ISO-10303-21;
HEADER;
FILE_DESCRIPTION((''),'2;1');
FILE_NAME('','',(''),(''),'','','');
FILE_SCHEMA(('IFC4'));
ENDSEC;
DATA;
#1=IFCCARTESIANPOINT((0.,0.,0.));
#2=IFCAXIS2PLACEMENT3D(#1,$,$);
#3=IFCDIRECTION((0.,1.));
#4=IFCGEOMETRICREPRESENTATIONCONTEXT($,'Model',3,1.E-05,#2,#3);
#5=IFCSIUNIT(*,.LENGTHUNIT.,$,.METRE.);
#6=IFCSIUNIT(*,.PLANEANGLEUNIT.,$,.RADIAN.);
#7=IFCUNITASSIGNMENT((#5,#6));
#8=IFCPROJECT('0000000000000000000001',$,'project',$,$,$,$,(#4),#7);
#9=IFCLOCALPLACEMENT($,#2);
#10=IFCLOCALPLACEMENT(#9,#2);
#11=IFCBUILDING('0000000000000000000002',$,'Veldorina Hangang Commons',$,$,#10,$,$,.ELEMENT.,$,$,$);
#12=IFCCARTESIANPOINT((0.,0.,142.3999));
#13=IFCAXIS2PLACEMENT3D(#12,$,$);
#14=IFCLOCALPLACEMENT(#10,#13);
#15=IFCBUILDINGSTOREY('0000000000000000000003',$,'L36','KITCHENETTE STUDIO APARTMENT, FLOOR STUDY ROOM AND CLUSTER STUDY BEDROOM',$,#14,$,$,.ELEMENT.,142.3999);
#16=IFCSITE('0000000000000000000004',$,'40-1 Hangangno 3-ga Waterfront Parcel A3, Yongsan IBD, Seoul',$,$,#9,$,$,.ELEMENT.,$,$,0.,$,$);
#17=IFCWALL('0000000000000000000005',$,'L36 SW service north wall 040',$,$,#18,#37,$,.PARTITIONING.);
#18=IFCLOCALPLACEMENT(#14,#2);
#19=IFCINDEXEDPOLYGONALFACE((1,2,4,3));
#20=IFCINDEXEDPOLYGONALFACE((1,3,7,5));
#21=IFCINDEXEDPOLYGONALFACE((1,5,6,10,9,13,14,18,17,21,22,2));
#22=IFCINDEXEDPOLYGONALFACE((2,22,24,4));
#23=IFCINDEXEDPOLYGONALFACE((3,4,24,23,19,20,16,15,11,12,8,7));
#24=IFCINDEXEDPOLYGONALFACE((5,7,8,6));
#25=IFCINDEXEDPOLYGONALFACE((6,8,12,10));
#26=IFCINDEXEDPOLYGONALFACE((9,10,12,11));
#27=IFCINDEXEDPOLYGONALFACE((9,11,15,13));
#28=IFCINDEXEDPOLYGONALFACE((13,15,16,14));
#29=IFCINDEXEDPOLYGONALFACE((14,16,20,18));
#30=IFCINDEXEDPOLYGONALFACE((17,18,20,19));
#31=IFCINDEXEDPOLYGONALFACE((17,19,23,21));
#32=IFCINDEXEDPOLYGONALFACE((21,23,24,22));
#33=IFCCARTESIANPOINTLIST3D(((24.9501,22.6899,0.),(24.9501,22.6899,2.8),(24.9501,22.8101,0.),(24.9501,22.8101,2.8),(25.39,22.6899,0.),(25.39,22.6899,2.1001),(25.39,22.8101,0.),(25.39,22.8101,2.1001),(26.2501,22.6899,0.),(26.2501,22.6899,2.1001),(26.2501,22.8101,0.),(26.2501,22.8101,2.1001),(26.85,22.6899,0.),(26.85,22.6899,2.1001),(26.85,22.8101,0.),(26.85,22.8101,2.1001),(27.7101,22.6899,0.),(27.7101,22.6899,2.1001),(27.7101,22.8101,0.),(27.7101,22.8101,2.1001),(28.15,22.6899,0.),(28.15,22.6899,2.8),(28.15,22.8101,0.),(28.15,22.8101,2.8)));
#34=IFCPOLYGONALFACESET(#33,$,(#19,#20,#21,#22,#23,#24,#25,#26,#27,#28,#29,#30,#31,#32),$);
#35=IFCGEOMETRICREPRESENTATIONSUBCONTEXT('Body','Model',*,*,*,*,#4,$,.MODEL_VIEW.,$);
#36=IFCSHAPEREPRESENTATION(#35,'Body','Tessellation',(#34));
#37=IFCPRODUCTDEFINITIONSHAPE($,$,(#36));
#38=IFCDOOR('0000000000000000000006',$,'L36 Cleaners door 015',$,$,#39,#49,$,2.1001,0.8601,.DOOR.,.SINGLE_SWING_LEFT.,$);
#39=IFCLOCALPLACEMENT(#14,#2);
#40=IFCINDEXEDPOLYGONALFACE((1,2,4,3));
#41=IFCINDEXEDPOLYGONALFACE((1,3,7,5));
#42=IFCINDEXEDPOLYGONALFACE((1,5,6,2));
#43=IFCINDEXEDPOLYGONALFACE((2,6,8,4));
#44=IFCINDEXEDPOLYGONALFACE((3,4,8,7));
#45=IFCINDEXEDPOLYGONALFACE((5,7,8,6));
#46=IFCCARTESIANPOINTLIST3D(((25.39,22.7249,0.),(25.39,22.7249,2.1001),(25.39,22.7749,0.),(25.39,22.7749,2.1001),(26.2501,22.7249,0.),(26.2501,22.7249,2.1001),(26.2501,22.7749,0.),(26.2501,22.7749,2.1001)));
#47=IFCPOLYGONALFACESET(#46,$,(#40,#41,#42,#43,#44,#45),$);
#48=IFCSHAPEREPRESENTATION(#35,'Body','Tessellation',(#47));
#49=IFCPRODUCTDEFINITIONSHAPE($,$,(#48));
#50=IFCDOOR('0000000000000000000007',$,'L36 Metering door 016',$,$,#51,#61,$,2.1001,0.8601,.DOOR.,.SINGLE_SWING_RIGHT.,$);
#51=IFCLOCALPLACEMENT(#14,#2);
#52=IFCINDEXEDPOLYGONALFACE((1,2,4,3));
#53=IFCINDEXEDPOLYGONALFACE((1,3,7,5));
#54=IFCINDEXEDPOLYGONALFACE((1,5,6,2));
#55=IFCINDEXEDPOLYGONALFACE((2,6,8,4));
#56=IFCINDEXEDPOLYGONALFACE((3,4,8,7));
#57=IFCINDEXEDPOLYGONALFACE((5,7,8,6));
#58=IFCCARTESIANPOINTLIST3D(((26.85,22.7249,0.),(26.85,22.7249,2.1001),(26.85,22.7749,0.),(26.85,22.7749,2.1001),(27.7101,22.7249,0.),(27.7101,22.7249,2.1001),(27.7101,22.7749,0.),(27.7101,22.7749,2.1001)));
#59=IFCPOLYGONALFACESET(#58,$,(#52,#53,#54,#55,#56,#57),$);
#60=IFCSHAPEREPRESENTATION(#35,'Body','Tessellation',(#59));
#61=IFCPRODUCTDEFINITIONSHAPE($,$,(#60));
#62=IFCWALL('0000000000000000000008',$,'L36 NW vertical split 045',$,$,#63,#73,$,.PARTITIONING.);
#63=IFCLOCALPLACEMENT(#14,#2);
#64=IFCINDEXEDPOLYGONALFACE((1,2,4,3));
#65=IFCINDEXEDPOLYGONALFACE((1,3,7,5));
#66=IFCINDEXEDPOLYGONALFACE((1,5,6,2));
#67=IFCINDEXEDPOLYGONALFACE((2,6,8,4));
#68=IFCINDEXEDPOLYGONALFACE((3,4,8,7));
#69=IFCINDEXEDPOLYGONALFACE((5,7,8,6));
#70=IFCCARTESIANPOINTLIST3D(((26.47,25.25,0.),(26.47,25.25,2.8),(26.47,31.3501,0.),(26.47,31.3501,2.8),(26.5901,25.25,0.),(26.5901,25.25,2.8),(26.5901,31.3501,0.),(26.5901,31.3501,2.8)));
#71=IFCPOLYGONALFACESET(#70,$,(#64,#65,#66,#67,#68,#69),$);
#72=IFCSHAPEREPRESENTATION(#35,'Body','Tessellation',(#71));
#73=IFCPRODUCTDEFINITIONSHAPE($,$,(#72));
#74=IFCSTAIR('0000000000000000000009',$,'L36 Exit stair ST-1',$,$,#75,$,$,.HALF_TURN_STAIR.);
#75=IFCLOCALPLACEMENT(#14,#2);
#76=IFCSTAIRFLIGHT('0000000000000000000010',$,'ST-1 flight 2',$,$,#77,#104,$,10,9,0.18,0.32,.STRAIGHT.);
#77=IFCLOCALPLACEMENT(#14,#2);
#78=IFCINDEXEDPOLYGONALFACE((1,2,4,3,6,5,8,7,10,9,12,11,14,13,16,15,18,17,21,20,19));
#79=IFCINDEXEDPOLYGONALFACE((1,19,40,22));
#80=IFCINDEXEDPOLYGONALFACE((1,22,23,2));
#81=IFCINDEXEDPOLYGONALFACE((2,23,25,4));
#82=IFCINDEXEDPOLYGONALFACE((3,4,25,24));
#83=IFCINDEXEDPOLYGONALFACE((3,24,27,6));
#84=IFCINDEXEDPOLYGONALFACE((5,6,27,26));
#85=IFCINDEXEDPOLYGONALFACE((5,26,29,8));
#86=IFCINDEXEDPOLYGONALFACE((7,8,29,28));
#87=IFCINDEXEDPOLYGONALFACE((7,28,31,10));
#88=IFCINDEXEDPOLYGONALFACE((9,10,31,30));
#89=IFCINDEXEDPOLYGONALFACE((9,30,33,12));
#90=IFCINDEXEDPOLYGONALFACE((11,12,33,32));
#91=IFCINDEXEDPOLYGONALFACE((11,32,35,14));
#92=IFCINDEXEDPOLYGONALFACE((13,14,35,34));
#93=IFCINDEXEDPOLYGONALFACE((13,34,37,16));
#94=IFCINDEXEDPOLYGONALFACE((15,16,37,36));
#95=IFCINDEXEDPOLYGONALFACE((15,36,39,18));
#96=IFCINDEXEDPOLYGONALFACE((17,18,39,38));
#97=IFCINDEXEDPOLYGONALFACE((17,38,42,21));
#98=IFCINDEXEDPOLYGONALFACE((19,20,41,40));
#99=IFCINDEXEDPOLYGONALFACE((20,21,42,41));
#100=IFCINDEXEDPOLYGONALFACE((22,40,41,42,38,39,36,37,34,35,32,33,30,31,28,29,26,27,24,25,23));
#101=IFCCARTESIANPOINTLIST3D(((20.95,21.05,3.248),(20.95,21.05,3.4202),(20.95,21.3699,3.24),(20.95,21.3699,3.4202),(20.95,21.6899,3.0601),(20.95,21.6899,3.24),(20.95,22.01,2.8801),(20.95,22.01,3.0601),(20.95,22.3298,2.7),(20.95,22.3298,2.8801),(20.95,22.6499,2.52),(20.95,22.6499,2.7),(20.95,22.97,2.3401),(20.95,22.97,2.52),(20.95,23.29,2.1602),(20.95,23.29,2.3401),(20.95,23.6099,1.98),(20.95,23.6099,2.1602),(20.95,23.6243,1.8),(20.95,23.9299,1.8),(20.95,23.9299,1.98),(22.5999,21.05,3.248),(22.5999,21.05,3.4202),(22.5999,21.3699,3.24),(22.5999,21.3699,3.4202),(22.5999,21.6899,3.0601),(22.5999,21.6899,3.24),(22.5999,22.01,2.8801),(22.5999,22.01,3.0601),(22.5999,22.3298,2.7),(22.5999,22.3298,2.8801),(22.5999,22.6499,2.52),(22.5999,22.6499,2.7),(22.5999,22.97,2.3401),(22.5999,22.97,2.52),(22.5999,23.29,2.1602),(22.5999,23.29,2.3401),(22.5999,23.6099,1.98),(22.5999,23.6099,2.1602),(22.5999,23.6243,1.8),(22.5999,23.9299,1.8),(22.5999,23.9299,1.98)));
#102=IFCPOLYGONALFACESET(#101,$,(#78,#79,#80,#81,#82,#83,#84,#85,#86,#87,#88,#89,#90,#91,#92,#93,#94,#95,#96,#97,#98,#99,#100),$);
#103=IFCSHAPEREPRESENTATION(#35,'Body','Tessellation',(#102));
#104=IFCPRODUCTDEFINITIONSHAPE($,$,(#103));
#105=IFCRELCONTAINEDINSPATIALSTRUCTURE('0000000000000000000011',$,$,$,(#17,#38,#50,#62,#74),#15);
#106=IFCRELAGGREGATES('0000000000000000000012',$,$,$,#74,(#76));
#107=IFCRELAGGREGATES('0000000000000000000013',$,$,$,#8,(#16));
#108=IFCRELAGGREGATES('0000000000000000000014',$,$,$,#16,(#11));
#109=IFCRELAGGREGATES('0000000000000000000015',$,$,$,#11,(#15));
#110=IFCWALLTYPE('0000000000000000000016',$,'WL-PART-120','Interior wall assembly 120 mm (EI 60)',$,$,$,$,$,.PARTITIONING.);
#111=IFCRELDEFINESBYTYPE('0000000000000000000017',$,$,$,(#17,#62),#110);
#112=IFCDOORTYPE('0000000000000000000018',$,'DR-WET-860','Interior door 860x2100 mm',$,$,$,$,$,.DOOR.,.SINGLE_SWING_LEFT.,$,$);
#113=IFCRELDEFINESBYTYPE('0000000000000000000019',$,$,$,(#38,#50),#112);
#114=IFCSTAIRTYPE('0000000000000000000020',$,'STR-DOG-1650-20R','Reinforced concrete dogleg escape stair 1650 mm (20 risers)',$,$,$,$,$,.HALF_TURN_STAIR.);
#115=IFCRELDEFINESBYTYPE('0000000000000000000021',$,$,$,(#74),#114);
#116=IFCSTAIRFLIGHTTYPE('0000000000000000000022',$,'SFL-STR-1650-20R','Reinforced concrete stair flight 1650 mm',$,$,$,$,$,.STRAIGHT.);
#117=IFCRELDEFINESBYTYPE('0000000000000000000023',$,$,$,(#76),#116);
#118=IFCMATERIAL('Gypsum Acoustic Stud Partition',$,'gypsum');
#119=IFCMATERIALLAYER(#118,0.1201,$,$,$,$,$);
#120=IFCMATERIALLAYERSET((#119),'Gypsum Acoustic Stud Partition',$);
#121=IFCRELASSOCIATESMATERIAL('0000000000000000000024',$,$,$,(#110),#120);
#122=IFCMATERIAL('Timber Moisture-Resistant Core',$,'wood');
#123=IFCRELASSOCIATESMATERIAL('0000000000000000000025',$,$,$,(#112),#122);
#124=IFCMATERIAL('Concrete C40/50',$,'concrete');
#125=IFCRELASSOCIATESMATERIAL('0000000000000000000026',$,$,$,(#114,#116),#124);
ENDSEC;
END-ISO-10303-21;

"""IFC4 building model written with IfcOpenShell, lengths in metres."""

from ifc_helpers import new_model, si_unit, direction, frame, frame_2d, origin, place, context, subcontext, project, spatial, polyline, rectangle, outline, extrude, material, layer, layer_set, type_object, element, fill, aggregate, save


model = new_model("IFC4")

# Units and contexts
model_context = context("Model", 3, precision=1e-05, world=origin(), true_north=direction((0.0, 1.0)))
body_context = subcontext(model_context, "Body", "Model", "MODEL_VIEW")
ifc_project = project(units=[si_unit("LENGTHUNIT", "METRE"), si_unit("PLANEANGLEUNIT", "RADIAN")], contexts=[model_context])

# Site, building, storey
site_placement = place(None, origin())
site = spatial("IfcSite", under=ifc_project, at=site_placement, Name="40-1 Hangangno 3-ga Waterfront Parcel A3, Yongsan IBD, Seoul", CompositionType="ELEMENT", RefElevation=0.0)
building_placement = place(site_placement, origin())
building = spatial("IfcBuilding", under=site, at=building_placement, Name="Veldorina Hangang Commons", CompositionType="ELEMENT")
storey_placement = place(building_placement, frame((0.0, 0.0, 142.3999)))
storey = spatial("IfcBuildingStorey", under=building, at=storey_placement, Name="L36", Description="KITCHENETTE STUDIO APARTMENT, FLOOR STUDY ROOM AND CLUSTER STUDY BEDROOM", CompositionType="ELEMENT", Elevation=142.3999)

# Shared definitions
ifc_material_1 = material(Name="Gypsum Acoustic Stud Partition", Category="gypsum")
ifc_layer_1 = layer(ifc_material_1, 0.1201)
ifc_layer_set_1 = layer_set([ifc_layer_1], Name="Gypsum Acoustic Stud Partition")
wall_type_1 = type_object("IfcWallType", Name="WL-PART-120", Description="Interior wall assembly 120 mm (EI 60)", PredefinedType="PARTITIONING", material=ifc_layer_set_1)

# Wall, openings, doors
ifc_material_2 = material(Name="Timber Moisture-Resistant Core", Category="wood")
door_type_1 = type_object("IfcDoorType", Name="DR-WET-860", Description="Interior door 860x2100 mm", OperationType="SINGLE_SWING_LEFT", PredefinedType="DOOR", material=ifc_material_2)
wall_1_placement = place(storey_placement, frame((24.95, 22.75, 0.0), z_axis=(0.0, 0.0, 1.0), x_axis=(1.0, 0.0, 0.0)))
wall_1 = element("IfcWall", 1, at=wall_1_placement, inside=storey, type_object=wall_type_1, Name="L36 SW service north wall 040", PredefinedType="PARTITIONING", context=body_context, shape_type="SweptSolid", body=[
    extrude(rectangle(XDim=3.2, YDim=0.1201, at=frame_2d((1.6001, 0.0))), origin(), (0.0, 0.0, 1.0), 2.8),
])
opening_1_placement = place(wall_1_placement, frame((0.4399, 0.0, 0.0)))
opening_1 = element("IfcOpeningElement", 2, at=opening_1_placement, cuts=wall_1, PredefinedType="OPENING", context=body_context, shape_type="SweptSolid", body=[
    extrude(rectangle(XDim=0.8601, YDim=2.1001, at=frame_2d((0.4302, 1.05))), frame((0.0, 0.0701, 0.0), z_axis=(0.0, -1.0, 0.0), x_axis=(1.0, 0.0, 0.0)), (0.0, 0.0, 1.0), 0.1401),
])
opening_2_placement = place(wall_1_placement, frame((1.8999, 0.0, 0.0)))
opening_2 = element("IfcOpeningElement", 3, at=opening_2_placement, cuts=wall_1, PredefinedType="OPENING", context=body_context, shape_type="SweptSolid", body=[
    extrude(rectangle(XDim=0.8601, YDim=2.1001, at=frame_2d((0.4302, 1.05))), frame((0.0, 0.0701, 0.0), z_axis=(0.0, -1.0, 0.0), x_axis=(1.0, 0.0, 0.0)), (0.0, 0.0, 1.0), 0.1401),
])
door_1_placement = place(opening_1_placement, origin())
door_1 = element("IfcDoor", 4, at=door_1_placement, inside=storey, type_object=door_type_1, Name="L36 Cleaners door 015", OperationType="SINGLE_SWING_LEFT", OverallHeight=2.1001, OverallWidth=0.8601, PredefinedType="DOOR", context=body_context, shape_type="SweptSolid", body=[
    extrude(rectangle(XDim=0.8601, YDim=2.1001, at=frame_2d((0.4302, 1.05))), frame((0.0, 0.0249, 0.0), z_axis=(0.0, -1.0, 0.0), x_axis=(1.0, 0.0, 0.0)), (0.0, 0.0, 1.0), 0.05),
])
fill(opening_1, door_1)
door_2_placement = place(opening_2_placement, origin())
door_2 = element("IfcDoor", 5, at=door_2_placement, inside=storey, type_object=door_type_1, Name="L36 Metering door 016", OperationType="SINGLE_SWING_RIGHT", OverallHeight=2.1001, OverallWidth=0.8601, PredefinedType="DOOR", context=body_context, shape_type="SweptSolid", body=[
    extrude(rectangle(XDim=0.8601, YDim=2.1001, at=frame_2d((0.4302, 1.05))), frame((0.0, 0.0249, 0.0), z_axis=(0.0, -1.0, 0.0), x_axis=(1.0, 0.0, 0.0)), (0.0, 0.0, 1.0), 0.05),
])
fill(opening_2, door_2)

# Wall
wall_2_placement = place(storey_placement, frame((26.53, 25.25, 0.0), z_axis=(0.0, 0.0, 1.0), x_axis=(0.0, 1.0, 0.0)))
element("IfcWall", 6, at=wall_2_placement, inside=storey, type_object=wall_type_1, Name="L36 NW vertical split 045", PredefinedType="PARTITIONING", context=body_context, shape_type="SweptSolid", body=[
    extrude(rectangle(XDim=6.1001, YDim=0.1201, at=frame_2d((3.05, 0.0))), origin(), (0.0, 0.0, 1.0), 2.8),
])

# Stair, stair flight
ifc_material_3 = material(Name="Concrete C40/50", Category="concrete")
stair_type = type_object("IfcStairType", Name="STR-DOG-1650-20R", Description="Reinforced concrete dogleg escape stair 1650 mm (20 risers)", PredefinedType="HALF_TURN_STAIR", material=ifc_material_3)
stair_placement = place(storey_placement, origin())
stair = element("IfcStair", 7, at=stair_placement, inside=storey, type_object=stair_type, Name="L36 Exit stair ST-1", PredefinedType="HALF_TURN_STAIR")
stair_flight_type = type_object("IfcStairFlightType", Name="SFL-STR-1650-20R", Description="Reinforced concrete stair flight 1650 mm", PredefinedType="STRAIGHT", material=ifc_material_3)
stair_flight_placement = place(storey_placement, frame((21.7749, 23.9299, 1.8), z_axis=(0.0, 0.0, 1.0), x_axis=(0.0, -1.0, 0.0)))
stair_flight = element("IfcStairFlight", 8, at=stair_flight_placement, type_object=stair_flight_type, Name="ST-1 flight 2", NumberOfRisers=10, NumberOfTreads=9, PredefinedType="STRAIGHT", RiserHeight=0.18, TreadLength=0.32, context=body_context, shape_type="SweptSolid", body=[
    extrude(outline(polyline([(0.0, 0.0), (0.0, 0.1799), (0.3201, 0.1799), (0.3201, 0.3601), (0.6399, 0.3601), (0.6399, 0.54), (0.96, 0.54), (0.96, 0.72), (1.28, 0.72), (1.28, 0.8999), (1.6001, 0.8999), (1.6001, 1.0801), (1.9199, 1.0801), (1.9199, 1.26), (2.24, 1.26), (2.24, 1.4399), (2.5601, 1.4399), (2.5601, 1.6201), (2.8799, 1.6201), (2.8799, 1.8), (2.8799, 1.448), (0.3057, 0.0), (0.0, 0.0)])), frame((0.0, 0.825, 0.0), z_axis=(0.0, -1.0, 0.0), x_axis=(1.0, 0.0, 0.0)), (0.0, 0.0, 1.0), 1.6499),
])
aggregate(stair, [stair_flight])

save(model, "model.ifc")
